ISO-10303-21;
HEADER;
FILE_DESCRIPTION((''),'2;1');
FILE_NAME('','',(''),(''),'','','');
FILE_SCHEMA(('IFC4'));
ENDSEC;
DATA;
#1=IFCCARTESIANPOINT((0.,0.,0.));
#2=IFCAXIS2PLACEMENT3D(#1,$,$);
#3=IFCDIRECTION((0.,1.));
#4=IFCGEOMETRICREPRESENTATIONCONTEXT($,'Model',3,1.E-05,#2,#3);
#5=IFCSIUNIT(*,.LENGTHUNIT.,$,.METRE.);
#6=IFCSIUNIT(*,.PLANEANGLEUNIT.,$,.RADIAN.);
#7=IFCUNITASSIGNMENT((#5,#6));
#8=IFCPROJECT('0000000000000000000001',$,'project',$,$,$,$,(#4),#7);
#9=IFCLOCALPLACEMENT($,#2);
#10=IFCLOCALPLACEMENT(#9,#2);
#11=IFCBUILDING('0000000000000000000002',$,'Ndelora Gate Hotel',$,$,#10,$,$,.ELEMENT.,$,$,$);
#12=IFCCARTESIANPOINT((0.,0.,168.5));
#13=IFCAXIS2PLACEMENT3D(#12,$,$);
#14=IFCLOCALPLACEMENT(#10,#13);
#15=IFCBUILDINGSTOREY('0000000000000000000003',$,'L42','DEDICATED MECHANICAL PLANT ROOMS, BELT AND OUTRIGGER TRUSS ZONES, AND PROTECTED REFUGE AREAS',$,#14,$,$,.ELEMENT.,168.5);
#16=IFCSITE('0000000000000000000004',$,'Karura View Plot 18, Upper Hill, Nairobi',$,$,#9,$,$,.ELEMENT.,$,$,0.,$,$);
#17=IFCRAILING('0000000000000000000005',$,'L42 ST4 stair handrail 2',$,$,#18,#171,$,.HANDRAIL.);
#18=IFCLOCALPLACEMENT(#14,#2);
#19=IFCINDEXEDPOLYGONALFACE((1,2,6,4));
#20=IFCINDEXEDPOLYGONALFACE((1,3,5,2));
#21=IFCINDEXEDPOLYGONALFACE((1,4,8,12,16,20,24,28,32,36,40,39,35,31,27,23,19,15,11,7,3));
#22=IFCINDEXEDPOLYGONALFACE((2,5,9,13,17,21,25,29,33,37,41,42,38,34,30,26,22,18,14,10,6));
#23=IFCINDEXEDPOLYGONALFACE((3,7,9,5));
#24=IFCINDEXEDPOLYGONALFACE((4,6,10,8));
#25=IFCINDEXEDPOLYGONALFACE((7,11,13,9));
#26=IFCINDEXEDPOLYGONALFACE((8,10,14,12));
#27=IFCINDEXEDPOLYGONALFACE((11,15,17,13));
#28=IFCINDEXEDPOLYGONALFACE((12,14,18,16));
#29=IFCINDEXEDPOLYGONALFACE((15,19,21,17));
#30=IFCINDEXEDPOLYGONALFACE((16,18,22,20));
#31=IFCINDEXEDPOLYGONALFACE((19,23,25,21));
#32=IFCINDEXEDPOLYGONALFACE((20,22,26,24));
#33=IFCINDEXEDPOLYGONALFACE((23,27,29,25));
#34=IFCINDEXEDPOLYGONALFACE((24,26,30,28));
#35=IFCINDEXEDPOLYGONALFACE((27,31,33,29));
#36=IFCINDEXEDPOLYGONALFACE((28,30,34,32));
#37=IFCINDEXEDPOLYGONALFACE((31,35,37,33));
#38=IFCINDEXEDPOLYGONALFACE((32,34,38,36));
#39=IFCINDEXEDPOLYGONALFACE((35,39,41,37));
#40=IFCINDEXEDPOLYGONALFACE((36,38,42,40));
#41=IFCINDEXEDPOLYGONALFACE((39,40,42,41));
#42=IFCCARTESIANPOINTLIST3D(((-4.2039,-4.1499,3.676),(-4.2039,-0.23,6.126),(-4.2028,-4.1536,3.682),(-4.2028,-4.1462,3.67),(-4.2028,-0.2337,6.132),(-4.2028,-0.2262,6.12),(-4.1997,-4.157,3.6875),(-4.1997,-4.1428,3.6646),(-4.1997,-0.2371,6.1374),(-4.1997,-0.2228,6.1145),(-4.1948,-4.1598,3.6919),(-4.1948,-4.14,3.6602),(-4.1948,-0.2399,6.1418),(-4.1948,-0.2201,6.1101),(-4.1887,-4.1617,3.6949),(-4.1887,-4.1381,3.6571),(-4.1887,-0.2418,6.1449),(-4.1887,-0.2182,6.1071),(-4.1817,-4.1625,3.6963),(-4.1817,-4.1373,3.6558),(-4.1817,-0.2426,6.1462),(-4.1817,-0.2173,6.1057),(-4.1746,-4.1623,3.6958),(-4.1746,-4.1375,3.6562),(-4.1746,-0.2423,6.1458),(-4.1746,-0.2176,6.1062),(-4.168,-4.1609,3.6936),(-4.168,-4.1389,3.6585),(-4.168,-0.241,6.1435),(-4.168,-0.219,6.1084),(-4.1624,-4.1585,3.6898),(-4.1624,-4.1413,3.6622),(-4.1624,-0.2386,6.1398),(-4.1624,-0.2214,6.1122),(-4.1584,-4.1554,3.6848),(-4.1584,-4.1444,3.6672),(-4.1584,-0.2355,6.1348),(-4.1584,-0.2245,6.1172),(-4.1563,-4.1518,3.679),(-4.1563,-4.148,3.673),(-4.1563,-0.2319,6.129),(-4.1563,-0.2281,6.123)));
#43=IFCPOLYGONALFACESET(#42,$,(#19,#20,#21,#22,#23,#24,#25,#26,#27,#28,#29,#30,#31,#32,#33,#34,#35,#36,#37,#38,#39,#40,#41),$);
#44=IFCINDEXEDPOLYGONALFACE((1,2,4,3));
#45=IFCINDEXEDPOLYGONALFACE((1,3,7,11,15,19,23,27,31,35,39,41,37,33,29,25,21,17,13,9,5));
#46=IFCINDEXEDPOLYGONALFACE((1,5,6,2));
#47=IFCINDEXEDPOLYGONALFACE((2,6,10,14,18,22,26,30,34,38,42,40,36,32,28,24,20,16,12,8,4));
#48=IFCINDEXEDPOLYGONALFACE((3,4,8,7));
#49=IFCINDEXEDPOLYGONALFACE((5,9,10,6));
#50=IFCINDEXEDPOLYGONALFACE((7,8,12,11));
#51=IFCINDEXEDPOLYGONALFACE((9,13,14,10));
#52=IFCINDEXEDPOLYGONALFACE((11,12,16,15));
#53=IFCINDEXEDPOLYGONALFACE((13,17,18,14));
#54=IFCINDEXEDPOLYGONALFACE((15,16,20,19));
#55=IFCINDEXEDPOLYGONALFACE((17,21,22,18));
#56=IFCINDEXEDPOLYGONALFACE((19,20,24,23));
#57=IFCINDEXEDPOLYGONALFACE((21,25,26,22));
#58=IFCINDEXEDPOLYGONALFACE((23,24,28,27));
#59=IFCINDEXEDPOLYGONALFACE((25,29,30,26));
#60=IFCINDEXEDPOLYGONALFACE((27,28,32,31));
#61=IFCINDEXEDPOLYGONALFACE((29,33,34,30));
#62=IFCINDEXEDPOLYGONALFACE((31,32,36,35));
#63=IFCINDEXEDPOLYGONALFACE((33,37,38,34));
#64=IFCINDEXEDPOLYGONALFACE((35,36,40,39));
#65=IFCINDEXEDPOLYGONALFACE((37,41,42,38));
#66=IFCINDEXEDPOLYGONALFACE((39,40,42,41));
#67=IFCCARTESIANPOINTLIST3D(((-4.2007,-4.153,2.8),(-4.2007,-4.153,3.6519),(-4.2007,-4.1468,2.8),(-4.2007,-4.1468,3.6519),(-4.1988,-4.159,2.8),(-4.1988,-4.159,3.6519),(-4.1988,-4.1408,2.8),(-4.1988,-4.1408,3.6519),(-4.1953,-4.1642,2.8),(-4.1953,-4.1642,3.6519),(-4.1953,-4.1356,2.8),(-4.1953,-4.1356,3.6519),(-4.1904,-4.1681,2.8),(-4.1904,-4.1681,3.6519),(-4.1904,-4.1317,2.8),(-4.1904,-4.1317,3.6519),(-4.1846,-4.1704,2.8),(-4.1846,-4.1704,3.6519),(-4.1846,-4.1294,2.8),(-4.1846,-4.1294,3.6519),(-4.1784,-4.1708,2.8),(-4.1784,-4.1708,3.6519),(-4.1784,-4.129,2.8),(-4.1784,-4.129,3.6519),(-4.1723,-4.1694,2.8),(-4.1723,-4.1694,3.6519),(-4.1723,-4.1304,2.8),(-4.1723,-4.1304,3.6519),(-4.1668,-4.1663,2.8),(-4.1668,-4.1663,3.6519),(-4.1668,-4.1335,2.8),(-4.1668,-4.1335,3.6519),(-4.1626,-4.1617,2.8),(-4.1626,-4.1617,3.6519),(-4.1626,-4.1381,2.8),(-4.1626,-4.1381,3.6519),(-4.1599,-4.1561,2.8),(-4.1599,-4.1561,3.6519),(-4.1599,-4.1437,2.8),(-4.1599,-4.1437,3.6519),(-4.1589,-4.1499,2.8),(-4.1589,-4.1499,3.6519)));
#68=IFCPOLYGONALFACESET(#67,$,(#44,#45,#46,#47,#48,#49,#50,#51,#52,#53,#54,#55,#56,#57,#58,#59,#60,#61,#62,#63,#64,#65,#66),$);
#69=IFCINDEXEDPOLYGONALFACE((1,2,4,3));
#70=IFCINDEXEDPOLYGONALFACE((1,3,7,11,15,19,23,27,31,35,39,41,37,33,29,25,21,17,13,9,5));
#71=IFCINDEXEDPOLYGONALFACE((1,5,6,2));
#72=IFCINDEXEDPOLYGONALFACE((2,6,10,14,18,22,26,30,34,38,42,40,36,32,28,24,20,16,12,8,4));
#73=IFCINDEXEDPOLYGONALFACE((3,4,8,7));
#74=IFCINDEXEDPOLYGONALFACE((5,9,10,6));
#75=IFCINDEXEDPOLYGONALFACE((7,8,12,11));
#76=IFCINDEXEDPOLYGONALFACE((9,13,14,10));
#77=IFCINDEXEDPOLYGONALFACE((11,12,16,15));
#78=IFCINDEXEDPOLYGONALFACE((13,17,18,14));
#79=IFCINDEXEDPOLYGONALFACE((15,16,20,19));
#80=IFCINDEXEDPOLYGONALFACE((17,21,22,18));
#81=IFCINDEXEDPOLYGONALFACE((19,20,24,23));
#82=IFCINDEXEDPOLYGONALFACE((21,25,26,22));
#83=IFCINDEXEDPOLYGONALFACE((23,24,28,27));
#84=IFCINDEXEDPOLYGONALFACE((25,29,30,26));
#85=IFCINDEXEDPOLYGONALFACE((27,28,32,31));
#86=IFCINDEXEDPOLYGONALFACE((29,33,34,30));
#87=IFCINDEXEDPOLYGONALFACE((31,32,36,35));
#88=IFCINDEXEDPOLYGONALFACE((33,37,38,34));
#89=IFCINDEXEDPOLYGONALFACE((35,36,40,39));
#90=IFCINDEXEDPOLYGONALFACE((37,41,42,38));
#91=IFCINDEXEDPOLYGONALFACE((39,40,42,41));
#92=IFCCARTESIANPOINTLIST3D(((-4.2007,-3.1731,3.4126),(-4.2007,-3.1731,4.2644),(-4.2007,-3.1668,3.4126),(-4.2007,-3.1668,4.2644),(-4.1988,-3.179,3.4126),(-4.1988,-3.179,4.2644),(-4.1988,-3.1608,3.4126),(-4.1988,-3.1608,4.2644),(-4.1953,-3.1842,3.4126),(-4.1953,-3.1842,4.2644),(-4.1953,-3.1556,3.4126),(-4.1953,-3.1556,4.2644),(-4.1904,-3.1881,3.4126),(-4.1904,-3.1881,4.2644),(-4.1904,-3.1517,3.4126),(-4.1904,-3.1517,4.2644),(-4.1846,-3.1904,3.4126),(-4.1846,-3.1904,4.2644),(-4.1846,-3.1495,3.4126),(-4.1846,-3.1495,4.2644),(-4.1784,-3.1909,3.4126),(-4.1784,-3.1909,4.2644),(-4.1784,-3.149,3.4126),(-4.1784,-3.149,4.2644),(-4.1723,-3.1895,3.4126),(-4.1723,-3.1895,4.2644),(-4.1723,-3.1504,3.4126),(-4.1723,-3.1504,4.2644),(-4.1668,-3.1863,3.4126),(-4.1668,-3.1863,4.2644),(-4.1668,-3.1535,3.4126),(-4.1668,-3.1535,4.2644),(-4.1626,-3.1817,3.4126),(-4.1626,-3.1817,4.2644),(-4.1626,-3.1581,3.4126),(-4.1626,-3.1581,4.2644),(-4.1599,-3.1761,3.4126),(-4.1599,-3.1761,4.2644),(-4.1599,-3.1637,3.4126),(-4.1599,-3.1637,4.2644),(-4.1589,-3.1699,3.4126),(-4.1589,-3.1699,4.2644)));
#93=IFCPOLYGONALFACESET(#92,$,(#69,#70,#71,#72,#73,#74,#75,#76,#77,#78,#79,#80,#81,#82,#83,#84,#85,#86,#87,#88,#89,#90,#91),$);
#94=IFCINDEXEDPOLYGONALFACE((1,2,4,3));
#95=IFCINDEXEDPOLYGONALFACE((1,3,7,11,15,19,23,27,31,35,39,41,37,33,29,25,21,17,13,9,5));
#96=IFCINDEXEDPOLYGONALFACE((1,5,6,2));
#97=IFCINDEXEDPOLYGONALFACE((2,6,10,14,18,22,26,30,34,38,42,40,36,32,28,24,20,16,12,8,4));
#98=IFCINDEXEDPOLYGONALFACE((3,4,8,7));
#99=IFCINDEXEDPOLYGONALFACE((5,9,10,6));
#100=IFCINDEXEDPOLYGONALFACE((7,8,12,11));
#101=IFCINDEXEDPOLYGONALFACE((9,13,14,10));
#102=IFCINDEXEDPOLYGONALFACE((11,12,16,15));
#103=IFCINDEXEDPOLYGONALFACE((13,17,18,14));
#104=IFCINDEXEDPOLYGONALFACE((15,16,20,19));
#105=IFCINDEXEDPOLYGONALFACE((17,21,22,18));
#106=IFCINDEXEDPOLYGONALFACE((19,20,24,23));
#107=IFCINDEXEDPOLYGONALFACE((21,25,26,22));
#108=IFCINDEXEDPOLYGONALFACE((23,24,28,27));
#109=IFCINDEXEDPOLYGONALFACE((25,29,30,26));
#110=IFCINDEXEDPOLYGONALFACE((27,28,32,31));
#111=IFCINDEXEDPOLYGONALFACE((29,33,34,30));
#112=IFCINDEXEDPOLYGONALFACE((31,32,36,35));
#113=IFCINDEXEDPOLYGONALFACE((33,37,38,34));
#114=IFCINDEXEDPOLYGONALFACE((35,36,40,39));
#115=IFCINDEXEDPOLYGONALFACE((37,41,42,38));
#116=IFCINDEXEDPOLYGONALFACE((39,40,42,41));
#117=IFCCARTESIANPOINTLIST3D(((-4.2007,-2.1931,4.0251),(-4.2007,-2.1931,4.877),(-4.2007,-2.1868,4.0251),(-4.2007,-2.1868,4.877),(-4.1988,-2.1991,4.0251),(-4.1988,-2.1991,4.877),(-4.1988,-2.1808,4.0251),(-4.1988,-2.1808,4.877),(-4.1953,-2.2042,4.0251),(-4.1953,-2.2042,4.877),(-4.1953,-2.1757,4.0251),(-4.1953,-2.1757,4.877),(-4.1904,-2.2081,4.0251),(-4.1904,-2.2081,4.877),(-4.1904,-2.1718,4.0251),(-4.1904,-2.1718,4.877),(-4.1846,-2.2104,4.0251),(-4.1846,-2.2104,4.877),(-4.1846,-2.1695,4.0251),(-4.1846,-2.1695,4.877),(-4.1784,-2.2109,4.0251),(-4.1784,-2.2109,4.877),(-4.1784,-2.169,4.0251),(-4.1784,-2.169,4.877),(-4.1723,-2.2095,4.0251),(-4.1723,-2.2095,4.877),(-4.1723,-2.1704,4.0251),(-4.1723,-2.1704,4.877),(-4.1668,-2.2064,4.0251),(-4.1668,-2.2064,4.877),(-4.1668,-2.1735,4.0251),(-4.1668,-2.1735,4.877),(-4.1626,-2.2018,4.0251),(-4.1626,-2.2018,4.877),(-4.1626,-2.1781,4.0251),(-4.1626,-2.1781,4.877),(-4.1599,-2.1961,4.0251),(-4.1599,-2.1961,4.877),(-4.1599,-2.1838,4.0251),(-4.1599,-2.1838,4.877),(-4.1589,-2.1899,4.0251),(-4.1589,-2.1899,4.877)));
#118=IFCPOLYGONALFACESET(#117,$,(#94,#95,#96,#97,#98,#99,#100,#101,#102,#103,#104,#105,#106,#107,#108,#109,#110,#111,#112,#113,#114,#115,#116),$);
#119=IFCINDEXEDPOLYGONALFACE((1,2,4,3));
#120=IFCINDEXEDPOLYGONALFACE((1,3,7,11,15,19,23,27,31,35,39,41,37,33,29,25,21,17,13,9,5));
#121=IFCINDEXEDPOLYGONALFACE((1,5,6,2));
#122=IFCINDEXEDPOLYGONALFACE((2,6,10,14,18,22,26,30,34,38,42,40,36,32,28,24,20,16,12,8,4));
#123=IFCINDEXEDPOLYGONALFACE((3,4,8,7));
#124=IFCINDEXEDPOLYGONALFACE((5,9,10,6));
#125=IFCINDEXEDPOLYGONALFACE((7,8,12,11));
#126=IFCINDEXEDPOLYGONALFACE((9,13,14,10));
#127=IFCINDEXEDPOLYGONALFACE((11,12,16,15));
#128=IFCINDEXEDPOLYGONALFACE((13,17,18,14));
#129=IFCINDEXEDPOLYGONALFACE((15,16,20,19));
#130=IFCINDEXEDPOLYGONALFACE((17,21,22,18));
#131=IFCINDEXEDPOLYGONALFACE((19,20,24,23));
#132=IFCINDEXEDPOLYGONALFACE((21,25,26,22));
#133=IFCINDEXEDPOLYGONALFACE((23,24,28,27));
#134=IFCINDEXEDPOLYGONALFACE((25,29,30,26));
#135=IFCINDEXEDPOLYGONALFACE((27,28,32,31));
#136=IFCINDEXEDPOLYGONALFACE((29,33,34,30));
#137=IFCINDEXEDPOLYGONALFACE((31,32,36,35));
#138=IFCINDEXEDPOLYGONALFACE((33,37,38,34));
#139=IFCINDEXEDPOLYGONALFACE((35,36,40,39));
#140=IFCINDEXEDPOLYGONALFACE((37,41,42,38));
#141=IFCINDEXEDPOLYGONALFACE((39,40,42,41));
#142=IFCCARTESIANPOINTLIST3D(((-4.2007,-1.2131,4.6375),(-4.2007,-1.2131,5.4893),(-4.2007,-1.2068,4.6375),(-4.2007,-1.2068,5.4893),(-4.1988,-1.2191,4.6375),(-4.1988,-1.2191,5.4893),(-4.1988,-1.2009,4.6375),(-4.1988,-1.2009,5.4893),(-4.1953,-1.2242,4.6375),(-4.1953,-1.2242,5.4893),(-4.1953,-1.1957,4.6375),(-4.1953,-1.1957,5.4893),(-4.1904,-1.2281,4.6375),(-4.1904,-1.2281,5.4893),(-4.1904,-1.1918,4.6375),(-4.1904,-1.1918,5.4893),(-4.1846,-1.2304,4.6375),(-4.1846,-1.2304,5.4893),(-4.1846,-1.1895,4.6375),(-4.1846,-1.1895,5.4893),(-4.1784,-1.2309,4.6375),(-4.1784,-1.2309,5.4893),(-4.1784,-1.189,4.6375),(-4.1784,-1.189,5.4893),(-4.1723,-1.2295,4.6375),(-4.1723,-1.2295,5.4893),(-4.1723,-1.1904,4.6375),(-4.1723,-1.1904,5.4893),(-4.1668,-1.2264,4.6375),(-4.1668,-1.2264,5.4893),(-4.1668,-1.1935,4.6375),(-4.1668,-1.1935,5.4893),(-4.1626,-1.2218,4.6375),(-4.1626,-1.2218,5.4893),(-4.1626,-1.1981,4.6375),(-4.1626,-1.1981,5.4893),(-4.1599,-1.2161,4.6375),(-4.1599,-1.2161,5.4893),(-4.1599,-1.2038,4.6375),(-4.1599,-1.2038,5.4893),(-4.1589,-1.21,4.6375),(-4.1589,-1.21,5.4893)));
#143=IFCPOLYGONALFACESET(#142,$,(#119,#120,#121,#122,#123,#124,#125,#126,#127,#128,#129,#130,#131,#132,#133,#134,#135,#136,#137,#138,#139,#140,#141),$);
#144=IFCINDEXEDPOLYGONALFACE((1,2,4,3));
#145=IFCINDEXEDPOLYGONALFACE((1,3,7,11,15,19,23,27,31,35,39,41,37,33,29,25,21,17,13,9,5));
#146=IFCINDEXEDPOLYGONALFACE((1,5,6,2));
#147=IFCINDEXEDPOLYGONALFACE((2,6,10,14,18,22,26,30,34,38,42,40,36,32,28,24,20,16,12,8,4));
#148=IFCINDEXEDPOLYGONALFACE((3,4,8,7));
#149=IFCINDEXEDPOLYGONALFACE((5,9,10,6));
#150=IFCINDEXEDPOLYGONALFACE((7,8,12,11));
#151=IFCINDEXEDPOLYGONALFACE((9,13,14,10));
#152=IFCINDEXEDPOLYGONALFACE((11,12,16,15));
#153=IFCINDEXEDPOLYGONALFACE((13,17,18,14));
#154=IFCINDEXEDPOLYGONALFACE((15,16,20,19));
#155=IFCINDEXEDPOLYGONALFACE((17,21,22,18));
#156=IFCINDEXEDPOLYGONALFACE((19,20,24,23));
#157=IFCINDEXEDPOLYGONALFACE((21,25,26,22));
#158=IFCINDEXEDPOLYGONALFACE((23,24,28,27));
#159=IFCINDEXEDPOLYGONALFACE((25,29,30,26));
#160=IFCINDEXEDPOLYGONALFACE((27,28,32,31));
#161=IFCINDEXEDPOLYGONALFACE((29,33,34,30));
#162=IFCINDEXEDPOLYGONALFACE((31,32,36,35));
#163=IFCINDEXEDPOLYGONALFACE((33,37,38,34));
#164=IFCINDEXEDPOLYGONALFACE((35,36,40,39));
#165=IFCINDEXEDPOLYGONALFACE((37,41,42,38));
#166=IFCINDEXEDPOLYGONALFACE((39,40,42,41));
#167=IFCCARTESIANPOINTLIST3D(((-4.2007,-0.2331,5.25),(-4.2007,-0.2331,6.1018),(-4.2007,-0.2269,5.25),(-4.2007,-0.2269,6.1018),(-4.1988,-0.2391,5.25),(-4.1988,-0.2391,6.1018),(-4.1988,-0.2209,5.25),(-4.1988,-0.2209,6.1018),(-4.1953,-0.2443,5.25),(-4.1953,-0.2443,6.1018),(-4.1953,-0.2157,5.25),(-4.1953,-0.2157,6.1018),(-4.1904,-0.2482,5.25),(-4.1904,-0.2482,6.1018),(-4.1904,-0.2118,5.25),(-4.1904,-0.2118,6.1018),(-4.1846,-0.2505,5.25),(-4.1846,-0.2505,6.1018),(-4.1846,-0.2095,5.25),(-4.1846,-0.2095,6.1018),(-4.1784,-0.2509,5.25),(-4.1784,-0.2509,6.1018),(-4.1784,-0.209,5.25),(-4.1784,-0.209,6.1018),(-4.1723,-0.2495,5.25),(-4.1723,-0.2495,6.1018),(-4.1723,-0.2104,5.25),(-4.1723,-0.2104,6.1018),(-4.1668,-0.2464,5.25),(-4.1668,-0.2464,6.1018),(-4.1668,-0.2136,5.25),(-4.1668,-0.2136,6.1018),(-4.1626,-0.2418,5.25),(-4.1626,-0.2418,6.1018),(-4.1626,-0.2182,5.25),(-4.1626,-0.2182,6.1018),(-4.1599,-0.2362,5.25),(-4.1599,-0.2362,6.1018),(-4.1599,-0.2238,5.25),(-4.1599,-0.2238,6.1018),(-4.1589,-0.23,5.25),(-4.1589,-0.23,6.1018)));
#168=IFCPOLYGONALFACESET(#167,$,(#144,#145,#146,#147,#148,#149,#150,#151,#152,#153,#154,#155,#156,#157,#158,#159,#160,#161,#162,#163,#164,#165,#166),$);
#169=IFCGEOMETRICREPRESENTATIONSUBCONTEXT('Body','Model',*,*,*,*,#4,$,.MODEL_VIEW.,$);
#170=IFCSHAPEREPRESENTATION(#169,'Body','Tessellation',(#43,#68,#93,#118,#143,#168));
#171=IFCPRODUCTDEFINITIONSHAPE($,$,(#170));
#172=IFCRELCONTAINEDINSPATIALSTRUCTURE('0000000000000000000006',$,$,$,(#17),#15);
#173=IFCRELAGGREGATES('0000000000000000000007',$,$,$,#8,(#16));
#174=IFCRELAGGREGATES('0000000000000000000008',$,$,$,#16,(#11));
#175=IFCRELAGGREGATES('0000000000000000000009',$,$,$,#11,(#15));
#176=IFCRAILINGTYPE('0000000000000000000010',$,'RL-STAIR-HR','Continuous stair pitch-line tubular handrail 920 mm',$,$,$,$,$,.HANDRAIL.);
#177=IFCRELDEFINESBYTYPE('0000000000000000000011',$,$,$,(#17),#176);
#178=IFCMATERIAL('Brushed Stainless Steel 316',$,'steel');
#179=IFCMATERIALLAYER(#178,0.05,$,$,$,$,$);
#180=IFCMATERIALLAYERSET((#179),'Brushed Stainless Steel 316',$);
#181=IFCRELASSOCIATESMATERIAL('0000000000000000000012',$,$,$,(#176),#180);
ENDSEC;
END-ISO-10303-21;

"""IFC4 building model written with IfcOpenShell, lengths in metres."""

from ifc_helpers import new_model, si_unit, direction, frame, origin, origin_2d, place, context, subcontext, project, spatial, circle, extrude, material, layer, layer_set, type_object, element, save


model = new_model("IFC4")

# Units and contexts
model_context = context("Model", 3, precision=1e-05, world=origin(), true_north=direction((0.0, 1.0)))
body_context = subcontext(model_context, "Body", "Model", "MODEL_VIEW")
ifc_project = project(units=[si_unit("LENGTHUNIT", "METRE"), si_unit("PLANEANGLEUNIT", "RADIAN")], contexts=[model_context])

# Site, building, storey
site_placement = place(None, origin())
site = spatial("IfcSite", under=ifc_project, at=site_placement, Name="Karura View Plot 18, Upper Hill, Nairobi", CompositionType="ELEMENT", RefElevation=0.0)
building_placement = place(site_placement, origin())
building = spatial("IfcBuilding", under=site, at=building_placement, Name="Ndelora Gate Hotel", CompositionType="ELEMENT")
storey_placement = place(building_placement, frame((0.0, 0.0, 168.5)))
storey = spatial("IfcBuildingStorey", under=building, at=storey_placement, Name="L42", Description="DEDICATED MECHANICAL PLANT ROOMS, BELT AND OUTRIGGER TRUSS ZONES, AND PROTECTED REFUGE AREAS", CompositionType="ELEMENT", Elevation=168.5)

# Railing
ifc_material_1 = material(Name="Brushed Stainless Steel 316", Category="steel")
ifc_layer_1 = layer(ifc_material_1, 0.05)
ifc_layer_set_1 = layer_set([ifc_layer_1], Name="Brushed Stainless Steel 316")
railing_type_1 = type_object("IfcRailingType", Name="RL-STAIR-HR", Description="Continuous stair pitch-line tubular handrail 920 mm", PredefinedType="HANDRAIL", material=ifc_layer_set_1)
railing_1_placement = place(storey_placement, frame((-4.1799, -4.1499, 2.8)))
element("IfcRailing", 1, at=railing_1_placement, inside=storey, type_object=railing_type_1, Name="L42 ST4 stair handrail 2", PredefinedType="HANDRAIL", context=body_context, shape_type="SweptSolid", body=[
    extrude(circle(Radius=0.0239, at=origin_2d()), frame((0.0, 0.0, 0.876), z_axis=(0.0, 0.847998, 0.529999), x_axis=(-1.0, 0.0, 0.0)), (0.0, 0.0, 1.0), 4.6226),
    extrude(circle(Radius=0.021, at=origin_2d()), origin(), (0.0, 0.0, 1.0), 0.8518),
    extrude(circle(Radius=0.021, at=origin_2d()), frame((0.0, 0.98, 0.6125)), (0.0, 0.0, 1.0), 0.8518),
    extrude(circle(Radius=0.021, at=origin_2d()), frame((0.0, 1.96, 1.2251)), (0.0, 0.0, 1.0), 0.8518),
    extrude(circle(Radius=0.021, at=origin_2d()), frame((0.0, 2.9399, 1.8374)), (0.0, 0.0, 1.0), 0.8518),
    extrude(circle(Radius=0.021, at=origin_2d()), frame((0.0, 3.9199, 2.45)), (0.0, 0.0, 1.0), 0.8518),
])

save(model, "model.ifc")
